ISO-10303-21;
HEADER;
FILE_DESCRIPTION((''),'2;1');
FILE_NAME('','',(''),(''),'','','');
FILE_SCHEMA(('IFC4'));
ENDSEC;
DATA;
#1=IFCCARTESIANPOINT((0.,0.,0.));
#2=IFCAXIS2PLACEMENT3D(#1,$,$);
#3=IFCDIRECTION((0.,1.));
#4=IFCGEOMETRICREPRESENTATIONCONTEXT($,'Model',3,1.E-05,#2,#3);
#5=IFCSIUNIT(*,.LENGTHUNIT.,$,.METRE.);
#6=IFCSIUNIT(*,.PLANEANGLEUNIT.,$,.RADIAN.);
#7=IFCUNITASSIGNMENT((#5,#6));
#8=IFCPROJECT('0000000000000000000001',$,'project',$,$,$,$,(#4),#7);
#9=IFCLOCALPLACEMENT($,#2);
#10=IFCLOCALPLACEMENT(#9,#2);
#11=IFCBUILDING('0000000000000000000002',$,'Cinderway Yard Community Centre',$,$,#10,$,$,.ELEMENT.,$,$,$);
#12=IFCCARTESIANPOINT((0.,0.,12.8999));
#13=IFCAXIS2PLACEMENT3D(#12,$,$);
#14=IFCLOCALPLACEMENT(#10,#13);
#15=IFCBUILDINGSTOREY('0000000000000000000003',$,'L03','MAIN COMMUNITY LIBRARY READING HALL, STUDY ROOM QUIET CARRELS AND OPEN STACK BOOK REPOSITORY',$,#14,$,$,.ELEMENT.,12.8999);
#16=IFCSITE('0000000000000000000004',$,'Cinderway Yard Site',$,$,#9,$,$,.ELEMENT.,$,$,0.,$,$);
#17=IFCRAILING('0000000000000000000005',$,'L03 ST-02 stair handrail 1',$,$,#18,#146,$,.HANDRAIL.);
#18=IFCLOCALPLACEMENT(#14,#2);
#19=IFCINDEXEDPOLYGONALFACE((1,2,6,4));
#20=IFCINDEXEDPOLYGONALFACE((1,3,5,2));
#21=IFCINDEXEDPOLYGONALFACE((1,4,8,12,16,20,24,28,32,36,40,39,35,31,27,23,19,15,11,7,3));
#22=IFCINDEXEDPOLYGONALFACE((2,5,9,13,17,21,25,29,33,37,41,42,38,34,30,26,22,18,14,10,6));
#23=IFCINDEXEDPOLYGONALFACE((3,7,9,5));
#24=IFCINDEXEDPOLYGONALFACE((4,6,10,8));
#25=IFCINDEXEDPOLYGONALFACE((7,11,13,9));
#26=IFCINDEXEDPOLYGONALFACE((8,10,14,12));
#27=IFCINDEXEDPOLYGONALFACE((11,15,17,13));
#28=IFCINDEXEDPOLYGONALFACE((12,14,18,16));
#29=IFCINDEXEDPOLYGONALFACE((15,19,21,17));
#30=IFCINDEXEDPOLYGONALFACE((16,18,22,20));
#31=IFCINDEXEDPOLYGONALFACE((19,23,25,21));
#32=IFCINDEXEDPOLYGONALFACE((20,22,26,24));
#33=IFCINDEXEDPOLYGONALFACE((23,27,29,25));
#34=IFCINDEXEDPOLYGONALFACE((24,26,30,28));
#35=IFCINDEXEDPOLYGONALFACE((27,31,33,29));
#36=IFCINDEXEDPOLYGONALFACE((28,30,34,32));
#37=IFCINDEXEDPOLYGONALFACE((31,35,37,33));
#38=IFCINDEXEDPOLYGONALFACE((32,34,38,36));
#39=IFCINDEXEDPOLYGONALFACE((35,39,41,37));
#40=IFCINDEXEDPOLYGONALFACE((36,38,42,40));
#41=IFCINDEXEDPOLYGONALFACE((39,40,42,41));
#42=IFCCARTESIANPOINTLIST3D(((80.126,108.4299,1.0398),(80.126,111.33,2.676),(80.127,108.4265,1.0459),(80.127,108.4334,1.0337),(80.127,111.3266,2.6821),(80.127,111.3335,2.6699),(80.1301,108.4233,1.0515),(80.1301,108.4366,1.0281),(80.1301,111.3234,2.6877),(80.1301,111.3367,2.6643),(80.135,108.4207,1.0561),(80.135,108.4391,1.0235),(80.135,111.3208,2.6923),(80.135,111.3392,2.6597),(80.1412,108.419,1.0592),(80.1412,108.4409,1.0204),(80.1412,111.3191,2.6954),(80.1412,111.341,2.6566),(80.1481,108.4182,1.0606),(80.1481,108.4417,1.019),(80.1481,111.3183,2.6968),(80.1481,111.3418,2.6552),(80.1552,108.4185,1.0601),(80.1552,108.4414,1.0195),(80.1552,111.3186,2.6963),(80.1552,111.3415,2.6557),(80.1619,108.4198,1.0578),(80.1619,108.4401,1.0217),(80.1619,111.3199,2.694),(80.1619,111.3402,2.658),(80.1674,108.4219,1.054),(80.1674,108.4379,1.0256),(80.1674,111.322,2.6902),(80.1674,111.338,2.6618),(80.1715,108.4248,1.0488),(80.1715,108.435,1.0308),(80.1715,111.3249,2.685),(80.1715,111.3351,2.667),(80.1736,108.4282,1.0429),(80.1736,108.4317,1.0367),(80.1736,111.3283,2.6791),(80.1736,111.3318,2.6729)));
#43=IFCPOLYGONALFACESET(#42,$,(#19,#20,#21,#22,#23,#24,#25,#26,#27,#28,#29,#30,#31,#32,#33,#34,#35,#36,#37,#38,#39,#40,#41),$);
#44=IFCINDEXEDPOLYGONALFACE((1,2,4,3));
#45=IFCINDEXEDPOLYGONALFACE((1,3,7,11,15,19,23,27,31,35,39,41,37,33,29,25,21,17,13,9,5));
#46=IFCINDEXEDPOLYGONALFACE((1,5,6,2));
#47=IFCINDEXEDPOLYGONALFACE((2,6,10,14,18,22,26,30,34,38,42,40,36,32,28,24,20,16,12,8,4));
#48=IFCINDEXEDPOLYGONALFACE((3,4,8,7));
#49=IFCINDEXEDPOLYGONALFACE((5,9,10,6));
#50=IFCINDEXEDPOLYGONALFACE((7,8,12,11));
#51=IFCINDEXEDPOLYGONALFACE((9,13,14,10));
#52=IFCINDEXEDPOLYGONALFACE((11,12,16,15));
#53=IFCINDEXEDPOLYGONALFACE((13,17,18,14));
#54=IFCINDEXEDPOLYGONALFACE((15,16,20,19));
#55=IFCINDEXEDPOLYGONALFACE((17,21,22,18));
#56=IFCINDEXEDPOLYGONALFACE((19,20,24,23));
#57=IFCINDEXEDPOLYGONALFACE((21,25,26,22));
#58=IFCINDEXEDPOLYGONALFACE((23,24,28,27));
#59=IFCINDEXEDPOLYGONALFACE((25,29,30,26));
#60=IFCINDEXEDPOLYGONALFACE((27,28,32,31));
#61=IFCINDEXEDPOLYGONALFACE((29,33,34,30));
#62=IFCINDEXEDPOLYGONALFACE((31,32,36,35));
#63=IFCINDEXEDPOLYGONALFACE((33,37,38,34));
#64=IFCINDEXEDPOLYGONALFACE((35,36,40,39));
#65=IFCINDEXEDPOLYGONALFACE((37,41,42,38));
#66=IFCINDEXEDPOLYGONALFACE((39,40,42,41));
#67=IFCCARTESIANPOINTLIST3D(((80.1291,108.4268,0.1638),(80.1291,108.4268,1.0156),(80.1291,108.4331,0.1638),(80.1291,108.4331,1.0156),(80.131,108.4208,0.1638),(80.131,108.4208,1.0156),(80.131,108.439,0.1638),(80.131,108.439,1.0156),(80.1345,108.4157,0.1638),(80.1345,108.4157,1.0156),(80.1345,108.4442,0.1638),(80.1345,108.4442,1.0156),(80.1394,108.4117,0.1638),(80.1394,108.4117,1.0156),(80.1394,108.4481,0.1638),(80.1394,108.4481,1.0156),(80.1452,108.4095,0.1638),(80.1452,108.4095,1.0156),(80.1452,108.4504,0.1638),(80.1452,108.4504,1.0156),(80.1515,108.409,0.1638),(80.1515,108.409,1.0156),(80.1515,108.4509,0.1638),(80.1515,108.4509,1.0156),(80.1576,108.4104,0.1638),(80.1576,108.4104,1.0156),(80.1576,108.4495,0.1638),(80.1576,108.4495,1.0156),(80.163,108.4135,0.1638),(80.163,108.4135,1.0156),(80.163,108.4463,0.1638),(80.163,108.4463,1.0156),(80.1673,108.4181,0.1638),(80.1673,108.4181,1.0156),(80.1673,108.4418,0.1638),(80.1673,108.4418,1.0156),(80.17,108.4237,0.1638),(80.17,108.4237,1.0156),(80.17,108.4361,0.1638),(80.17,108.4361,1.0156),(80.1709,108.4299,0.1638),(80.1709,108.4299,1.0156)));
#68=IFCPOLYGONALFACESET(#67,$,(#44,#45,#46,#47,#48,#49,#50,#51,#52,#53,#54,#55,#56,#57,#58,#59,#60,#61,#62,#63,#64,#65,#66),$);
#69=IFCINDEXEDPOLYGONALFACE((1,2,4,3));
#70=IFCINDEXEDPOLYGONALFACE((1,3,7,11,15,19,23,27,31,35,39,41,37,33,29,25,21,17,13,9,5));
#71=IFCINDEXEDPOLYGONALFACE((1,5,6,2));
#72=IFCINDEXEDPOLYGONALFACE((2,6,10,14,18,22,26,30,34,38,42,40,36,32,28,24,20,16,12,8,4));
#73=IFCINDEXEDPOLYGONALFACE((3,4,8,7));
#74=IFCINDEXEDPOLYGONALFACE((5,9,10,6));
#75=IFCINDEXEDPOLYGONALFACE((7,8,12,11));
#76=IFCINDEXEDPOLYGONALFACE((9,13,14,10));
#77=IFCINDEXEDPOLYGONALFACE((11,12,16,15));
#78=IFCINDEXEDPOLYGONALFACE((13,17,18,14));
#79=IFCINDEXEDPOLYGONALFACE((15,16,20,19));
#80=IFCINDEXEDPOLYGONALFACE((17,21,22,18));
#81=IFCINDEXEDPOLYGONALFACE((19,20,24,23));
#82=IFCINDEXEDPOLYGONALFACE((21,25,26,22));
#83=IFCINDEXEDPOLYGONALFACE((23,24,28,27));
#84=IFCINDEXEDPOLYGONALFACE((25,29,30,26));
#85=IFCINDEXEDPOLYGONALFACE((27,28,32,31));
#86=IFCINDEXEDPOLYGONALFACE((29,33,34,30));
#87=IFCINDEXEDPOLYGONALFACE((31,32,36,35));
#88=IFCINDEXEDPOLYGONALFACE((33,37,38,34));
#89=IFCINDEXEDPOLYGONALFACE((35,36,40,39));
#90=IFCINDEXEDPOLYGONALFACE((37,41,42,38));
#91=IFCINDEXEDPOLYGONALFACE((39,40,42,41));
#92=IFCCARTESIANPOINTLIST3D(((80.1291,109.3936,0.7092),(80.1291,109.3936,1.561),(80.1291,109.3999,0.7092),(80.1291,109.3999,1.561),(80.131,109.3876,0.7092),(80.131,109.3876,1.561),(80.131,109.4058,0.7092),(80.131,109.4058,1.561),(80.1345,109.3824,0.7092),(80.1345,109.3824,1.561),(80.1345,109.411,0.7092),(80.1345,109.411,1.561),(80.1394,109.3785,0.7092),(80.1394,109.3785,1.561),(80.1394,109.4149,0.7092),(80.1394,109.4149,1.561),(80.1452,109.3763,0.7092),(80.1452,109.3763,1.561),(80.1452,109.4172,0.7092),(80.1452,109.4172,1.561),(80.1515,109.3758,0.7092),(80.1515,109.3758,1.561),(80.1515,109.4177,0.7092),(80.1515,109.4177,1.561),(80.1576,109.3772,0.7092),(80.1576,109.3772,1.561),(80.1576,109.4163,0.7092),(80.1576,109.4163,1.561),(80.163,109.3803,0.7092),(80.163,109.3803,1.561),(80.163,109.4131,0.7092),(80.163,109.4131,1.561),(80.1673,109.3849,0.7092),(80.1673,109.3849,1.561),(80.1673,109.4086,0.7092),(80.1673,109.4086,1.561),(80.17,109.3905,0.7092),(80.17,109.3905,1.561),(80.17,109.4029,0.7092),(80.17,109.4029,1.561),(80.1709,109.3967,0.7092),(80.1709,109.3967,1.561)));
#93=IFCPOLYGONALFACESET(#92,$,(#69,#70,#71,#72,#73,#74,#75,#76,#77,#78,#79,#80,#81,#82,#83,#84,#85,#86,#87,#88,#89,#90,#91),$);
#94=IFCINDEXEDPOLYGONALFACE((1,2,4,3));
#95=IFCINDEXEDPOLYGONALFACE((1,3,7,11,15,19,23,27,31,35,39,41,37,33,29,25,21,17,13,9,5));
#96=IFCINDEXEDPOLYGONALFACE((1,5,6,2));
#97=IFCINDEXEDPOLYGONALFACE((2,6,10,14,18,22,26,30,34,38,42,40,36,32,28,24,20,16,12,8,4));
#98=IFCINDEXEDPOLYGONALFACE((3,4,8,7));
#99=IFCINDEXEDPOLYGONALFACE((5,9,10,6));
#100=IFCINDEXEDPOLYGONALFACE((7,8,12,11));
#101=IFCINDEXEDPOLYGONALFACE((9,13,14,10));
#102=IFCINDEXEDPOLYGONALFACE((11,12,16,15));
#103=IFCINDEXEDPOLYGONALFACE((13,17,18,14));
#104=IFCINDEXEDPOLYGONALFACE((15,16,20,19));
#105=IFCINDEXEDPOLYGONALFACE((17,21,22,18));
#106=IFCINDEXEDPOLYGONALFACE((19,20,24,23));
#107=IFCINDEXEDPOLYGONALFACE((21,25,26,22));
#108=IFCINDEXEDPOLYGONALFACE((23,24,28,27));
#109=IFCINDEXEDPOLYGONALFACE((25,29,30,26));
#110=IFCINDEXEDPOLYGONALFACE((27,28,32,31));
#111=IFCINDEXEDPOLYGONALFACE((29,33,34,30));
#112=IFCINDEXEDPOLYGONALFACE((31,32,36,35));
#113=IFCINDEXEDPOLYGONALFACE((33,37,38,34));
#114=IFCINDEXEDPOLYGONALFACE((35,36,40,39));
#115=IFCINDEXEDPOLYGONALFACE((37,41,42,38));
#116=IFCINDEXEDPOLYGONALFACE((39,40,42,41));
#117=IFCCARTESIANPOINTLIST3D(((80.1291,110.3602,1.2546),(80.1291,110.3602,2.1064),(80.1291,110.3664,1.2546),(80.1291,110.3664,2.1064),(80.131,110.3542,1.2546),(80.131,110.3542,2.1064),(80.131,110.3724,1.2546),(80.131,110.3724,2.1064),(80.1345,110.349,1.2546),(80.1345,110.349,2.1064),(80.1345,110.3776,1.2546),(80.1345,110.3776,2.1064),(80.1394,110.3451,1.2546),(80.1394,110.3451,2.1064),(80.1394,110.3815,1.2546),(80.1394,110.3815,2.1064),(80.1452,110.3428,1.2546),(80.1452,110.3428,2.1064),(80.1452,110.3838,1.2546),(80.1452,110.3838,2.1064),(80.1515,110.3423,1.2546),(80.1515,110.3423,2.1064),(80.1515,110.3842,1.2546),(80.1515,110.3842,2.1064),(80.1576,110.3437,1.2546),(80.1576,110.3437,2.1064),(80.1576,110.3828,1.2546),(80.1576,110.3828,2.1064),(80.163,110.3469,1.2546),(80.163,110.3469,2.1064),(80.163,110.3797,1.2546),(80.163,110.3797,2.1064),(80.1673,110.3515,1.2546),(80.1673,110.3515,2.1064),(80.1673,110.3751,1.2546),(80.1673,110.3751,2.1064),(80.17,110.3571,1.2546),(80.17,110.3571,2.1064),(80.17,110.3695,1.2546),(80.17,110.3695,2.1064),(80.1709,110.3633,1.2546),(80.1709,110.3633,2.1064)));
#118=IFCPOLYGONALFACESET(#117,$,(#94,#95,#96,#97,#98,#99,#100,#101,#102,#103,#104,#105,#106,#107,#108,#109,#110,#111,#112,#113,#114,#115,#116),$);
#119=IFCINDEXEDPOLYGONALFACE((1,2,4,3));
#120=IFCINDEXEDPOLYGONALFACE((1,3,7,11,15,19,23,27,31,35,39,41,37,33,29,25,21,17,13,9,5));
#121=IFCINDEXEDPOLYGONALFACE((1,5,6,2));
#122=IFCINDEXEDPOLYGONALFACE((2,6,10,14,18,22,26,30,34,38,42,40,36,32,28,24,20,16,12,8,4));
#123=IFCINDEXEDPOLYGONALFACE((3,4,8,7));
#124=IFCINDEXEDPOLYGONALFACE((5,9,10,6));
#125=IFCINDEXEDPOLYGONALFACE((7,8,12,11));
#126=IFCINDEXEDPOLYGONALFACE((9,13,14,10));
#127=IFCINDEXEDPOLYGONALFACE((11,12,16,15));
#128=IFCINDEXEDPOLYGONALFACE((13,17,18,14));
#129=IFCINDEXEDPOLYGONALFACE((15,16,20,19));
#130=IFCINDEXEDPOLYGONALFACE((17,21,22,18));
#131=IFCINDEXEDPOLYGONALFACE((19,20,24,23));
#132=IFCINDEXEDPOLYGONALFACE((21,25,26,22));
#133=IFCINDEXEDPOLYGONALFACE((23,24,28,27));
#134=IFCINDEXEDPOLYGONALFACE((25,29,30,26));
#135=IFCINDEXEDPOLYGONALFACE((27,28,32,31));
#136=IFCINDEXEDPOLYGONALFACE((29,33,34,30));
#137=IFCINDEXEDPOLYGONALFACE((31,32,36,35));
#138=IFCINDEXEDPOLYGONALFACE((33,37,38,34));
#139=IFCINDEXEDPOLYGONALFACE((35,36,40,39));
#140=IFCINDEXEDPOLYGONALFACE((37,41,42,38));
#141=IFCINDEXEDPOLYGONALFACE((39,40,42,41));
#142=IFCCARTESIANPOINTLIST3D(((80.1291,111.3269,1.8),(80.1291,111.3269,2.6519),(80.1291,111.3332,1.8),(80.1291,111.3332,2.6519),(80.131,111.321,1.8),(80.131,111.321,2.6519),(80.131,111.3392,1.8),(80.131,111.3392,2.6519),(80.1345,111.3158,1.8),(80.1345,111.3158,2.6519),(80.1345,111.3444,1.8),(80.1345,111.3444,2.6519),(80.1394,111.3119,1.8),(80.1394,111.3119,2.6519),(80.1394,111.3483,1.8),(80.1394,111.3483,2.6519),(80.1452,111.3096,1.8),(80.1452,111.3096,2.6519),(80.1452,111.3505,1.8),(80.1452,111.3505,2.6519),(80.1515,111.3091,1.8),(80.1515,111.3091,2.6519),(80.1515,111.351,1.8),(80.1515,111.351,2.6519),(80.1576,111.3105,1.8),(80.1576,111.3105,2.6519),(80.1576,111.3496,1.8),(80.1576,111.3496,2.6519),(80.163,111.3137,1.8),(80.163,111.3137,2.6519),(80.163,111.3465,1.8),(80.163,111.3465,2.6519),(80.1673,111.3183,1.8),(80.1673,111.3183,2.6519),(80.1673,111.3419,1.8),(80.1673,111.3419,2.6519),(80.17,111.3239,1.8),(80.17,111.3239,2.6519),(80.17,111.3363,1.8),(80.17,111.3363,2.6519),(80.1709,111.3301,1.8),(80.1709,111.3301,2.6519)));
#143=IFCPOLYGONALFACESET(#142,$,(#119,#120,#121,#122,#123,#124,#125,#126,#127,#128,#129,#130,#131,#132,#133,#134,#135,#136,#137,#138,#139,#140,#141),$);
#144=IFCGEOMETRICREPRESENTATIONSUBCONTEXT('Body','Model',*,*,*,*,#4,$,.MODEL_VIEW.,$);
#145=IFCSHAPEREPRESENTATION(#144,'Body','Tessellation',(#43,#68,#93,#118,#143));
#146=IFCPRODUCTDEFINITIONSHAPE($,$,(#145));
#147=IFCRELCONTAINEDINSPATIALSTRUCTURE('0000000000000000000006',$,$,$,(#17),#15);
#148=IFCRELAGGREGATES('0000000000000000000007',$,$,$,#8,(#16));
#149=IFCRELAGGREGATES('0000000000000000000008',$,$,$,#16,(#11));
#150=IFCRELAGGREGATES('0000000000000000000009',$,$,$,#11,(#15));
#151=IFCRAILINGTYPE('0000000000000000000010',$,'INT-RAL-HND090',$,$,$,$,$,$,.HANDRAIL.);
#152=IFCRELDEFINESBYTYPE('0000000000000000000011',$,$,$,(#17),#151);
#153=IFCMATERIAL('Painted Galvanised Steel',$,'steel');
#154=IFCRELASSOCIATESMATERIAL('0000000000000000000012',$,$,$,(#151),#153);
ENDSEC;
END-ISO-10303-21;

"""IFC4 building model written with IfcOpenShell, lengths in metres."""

from ifc_helpers import new_model, si_unit, direction, frame, origin, origin_2d, place, context, subcontext, project, spatial, circle, extrude, material, type_object, element, save


model = new_model("IFC4")

# Units and contexts
model_context = context("Model", 3, precision=1e-05, world=origin(), true_north=direction((0.0, 1.0)))
body_context = subcontext(model_context, "Body", "Model", "MODEL_VIEW")
ifc_project = project(units=[si_unit("LENGTHUNIT", "METRE"), si_unit("PLANEANGLEUNIT", "RADIAN")], contexts=[model_context])

# Site, building, storey
site_placement = place(None, origin())
site = spatial("IfcSite", under=ifc_project, at=site_placement, Name="Cinderway Yard Site", CompositionType="ELEMENT", RefElevation=0.0)
building_placement = place(site_placement, origin())
building = spatial("IfcBuilding", under=site, at=building_placement, Name="Cinderway Yard Community Centre", CompositionType="ELEMENT")
storey_placement = place(building_placement, frame((0.0, 0.0, 12.8999)))
storey = spatial("IfcBuildingStorey", under=building, at=storey_placement, Name="L03", Description="MAIN COMMUNITY LIBRARY READING HALL, STUDY ROOM QUIET CARRELS AND OPEN STACK BOOK REPOSITORY", CompositionType="ELEMENT", Elevation=12.8999)

# Shared definitions
ifc_material_1 = material(Name="Painted Galvanised Steel", Category="steel")

# Railing
railing_type_1 = type_object("IfcRailingType", Name="INT-RAL-HND090", PredefinedType="HANDRAIL", material=ifc_material_1)
railing_1_placement = place(storey_placement, frame((80.1499, 108.4299, 0.1638)))
element("IfcRailing", 1, at=railing_1_placement, inside=storey, type_object=railing_type_1, Name="L03 ST-02 stair handrail 1", PredefinedType="HANDRAIL", context=body_context, shape_type="SweptSolid", body=[
    extrude(circle(Radius=0.0239, at=origin_2d()), frame((0.0, 0.0, 0.876), z_axis=(0.0, 0.870946, 0.491378), x_axis=(-1.0, 0.0, 0.0)), (0.0, 0.0, 1.0), 3.3298),
    extrude(circle(Radius=0.021, at=origin_2d()), origin(), (0.0, 0.0, 1.0), 0.8518),
    extrude(circle(Radius=0.021, at=origin_2d()), frame((0.0, 0.9668, 0.5454)), (0.0, 0.0, 1.0), 0.8518),
    extrude(circle(Radius=0.021, at=origin_2d()), frame((0.0, 1.9333, 1.0908)), (0.0, 0.0, 1.0), 0.8518),
    extrude(circle(Radius=0.021, at=origin_2d()), frame((0.0, 2.9001, 1.6362)), (0.0, 0.0, 1.0), 0.8518),
])

save(model, "model.ifc")
